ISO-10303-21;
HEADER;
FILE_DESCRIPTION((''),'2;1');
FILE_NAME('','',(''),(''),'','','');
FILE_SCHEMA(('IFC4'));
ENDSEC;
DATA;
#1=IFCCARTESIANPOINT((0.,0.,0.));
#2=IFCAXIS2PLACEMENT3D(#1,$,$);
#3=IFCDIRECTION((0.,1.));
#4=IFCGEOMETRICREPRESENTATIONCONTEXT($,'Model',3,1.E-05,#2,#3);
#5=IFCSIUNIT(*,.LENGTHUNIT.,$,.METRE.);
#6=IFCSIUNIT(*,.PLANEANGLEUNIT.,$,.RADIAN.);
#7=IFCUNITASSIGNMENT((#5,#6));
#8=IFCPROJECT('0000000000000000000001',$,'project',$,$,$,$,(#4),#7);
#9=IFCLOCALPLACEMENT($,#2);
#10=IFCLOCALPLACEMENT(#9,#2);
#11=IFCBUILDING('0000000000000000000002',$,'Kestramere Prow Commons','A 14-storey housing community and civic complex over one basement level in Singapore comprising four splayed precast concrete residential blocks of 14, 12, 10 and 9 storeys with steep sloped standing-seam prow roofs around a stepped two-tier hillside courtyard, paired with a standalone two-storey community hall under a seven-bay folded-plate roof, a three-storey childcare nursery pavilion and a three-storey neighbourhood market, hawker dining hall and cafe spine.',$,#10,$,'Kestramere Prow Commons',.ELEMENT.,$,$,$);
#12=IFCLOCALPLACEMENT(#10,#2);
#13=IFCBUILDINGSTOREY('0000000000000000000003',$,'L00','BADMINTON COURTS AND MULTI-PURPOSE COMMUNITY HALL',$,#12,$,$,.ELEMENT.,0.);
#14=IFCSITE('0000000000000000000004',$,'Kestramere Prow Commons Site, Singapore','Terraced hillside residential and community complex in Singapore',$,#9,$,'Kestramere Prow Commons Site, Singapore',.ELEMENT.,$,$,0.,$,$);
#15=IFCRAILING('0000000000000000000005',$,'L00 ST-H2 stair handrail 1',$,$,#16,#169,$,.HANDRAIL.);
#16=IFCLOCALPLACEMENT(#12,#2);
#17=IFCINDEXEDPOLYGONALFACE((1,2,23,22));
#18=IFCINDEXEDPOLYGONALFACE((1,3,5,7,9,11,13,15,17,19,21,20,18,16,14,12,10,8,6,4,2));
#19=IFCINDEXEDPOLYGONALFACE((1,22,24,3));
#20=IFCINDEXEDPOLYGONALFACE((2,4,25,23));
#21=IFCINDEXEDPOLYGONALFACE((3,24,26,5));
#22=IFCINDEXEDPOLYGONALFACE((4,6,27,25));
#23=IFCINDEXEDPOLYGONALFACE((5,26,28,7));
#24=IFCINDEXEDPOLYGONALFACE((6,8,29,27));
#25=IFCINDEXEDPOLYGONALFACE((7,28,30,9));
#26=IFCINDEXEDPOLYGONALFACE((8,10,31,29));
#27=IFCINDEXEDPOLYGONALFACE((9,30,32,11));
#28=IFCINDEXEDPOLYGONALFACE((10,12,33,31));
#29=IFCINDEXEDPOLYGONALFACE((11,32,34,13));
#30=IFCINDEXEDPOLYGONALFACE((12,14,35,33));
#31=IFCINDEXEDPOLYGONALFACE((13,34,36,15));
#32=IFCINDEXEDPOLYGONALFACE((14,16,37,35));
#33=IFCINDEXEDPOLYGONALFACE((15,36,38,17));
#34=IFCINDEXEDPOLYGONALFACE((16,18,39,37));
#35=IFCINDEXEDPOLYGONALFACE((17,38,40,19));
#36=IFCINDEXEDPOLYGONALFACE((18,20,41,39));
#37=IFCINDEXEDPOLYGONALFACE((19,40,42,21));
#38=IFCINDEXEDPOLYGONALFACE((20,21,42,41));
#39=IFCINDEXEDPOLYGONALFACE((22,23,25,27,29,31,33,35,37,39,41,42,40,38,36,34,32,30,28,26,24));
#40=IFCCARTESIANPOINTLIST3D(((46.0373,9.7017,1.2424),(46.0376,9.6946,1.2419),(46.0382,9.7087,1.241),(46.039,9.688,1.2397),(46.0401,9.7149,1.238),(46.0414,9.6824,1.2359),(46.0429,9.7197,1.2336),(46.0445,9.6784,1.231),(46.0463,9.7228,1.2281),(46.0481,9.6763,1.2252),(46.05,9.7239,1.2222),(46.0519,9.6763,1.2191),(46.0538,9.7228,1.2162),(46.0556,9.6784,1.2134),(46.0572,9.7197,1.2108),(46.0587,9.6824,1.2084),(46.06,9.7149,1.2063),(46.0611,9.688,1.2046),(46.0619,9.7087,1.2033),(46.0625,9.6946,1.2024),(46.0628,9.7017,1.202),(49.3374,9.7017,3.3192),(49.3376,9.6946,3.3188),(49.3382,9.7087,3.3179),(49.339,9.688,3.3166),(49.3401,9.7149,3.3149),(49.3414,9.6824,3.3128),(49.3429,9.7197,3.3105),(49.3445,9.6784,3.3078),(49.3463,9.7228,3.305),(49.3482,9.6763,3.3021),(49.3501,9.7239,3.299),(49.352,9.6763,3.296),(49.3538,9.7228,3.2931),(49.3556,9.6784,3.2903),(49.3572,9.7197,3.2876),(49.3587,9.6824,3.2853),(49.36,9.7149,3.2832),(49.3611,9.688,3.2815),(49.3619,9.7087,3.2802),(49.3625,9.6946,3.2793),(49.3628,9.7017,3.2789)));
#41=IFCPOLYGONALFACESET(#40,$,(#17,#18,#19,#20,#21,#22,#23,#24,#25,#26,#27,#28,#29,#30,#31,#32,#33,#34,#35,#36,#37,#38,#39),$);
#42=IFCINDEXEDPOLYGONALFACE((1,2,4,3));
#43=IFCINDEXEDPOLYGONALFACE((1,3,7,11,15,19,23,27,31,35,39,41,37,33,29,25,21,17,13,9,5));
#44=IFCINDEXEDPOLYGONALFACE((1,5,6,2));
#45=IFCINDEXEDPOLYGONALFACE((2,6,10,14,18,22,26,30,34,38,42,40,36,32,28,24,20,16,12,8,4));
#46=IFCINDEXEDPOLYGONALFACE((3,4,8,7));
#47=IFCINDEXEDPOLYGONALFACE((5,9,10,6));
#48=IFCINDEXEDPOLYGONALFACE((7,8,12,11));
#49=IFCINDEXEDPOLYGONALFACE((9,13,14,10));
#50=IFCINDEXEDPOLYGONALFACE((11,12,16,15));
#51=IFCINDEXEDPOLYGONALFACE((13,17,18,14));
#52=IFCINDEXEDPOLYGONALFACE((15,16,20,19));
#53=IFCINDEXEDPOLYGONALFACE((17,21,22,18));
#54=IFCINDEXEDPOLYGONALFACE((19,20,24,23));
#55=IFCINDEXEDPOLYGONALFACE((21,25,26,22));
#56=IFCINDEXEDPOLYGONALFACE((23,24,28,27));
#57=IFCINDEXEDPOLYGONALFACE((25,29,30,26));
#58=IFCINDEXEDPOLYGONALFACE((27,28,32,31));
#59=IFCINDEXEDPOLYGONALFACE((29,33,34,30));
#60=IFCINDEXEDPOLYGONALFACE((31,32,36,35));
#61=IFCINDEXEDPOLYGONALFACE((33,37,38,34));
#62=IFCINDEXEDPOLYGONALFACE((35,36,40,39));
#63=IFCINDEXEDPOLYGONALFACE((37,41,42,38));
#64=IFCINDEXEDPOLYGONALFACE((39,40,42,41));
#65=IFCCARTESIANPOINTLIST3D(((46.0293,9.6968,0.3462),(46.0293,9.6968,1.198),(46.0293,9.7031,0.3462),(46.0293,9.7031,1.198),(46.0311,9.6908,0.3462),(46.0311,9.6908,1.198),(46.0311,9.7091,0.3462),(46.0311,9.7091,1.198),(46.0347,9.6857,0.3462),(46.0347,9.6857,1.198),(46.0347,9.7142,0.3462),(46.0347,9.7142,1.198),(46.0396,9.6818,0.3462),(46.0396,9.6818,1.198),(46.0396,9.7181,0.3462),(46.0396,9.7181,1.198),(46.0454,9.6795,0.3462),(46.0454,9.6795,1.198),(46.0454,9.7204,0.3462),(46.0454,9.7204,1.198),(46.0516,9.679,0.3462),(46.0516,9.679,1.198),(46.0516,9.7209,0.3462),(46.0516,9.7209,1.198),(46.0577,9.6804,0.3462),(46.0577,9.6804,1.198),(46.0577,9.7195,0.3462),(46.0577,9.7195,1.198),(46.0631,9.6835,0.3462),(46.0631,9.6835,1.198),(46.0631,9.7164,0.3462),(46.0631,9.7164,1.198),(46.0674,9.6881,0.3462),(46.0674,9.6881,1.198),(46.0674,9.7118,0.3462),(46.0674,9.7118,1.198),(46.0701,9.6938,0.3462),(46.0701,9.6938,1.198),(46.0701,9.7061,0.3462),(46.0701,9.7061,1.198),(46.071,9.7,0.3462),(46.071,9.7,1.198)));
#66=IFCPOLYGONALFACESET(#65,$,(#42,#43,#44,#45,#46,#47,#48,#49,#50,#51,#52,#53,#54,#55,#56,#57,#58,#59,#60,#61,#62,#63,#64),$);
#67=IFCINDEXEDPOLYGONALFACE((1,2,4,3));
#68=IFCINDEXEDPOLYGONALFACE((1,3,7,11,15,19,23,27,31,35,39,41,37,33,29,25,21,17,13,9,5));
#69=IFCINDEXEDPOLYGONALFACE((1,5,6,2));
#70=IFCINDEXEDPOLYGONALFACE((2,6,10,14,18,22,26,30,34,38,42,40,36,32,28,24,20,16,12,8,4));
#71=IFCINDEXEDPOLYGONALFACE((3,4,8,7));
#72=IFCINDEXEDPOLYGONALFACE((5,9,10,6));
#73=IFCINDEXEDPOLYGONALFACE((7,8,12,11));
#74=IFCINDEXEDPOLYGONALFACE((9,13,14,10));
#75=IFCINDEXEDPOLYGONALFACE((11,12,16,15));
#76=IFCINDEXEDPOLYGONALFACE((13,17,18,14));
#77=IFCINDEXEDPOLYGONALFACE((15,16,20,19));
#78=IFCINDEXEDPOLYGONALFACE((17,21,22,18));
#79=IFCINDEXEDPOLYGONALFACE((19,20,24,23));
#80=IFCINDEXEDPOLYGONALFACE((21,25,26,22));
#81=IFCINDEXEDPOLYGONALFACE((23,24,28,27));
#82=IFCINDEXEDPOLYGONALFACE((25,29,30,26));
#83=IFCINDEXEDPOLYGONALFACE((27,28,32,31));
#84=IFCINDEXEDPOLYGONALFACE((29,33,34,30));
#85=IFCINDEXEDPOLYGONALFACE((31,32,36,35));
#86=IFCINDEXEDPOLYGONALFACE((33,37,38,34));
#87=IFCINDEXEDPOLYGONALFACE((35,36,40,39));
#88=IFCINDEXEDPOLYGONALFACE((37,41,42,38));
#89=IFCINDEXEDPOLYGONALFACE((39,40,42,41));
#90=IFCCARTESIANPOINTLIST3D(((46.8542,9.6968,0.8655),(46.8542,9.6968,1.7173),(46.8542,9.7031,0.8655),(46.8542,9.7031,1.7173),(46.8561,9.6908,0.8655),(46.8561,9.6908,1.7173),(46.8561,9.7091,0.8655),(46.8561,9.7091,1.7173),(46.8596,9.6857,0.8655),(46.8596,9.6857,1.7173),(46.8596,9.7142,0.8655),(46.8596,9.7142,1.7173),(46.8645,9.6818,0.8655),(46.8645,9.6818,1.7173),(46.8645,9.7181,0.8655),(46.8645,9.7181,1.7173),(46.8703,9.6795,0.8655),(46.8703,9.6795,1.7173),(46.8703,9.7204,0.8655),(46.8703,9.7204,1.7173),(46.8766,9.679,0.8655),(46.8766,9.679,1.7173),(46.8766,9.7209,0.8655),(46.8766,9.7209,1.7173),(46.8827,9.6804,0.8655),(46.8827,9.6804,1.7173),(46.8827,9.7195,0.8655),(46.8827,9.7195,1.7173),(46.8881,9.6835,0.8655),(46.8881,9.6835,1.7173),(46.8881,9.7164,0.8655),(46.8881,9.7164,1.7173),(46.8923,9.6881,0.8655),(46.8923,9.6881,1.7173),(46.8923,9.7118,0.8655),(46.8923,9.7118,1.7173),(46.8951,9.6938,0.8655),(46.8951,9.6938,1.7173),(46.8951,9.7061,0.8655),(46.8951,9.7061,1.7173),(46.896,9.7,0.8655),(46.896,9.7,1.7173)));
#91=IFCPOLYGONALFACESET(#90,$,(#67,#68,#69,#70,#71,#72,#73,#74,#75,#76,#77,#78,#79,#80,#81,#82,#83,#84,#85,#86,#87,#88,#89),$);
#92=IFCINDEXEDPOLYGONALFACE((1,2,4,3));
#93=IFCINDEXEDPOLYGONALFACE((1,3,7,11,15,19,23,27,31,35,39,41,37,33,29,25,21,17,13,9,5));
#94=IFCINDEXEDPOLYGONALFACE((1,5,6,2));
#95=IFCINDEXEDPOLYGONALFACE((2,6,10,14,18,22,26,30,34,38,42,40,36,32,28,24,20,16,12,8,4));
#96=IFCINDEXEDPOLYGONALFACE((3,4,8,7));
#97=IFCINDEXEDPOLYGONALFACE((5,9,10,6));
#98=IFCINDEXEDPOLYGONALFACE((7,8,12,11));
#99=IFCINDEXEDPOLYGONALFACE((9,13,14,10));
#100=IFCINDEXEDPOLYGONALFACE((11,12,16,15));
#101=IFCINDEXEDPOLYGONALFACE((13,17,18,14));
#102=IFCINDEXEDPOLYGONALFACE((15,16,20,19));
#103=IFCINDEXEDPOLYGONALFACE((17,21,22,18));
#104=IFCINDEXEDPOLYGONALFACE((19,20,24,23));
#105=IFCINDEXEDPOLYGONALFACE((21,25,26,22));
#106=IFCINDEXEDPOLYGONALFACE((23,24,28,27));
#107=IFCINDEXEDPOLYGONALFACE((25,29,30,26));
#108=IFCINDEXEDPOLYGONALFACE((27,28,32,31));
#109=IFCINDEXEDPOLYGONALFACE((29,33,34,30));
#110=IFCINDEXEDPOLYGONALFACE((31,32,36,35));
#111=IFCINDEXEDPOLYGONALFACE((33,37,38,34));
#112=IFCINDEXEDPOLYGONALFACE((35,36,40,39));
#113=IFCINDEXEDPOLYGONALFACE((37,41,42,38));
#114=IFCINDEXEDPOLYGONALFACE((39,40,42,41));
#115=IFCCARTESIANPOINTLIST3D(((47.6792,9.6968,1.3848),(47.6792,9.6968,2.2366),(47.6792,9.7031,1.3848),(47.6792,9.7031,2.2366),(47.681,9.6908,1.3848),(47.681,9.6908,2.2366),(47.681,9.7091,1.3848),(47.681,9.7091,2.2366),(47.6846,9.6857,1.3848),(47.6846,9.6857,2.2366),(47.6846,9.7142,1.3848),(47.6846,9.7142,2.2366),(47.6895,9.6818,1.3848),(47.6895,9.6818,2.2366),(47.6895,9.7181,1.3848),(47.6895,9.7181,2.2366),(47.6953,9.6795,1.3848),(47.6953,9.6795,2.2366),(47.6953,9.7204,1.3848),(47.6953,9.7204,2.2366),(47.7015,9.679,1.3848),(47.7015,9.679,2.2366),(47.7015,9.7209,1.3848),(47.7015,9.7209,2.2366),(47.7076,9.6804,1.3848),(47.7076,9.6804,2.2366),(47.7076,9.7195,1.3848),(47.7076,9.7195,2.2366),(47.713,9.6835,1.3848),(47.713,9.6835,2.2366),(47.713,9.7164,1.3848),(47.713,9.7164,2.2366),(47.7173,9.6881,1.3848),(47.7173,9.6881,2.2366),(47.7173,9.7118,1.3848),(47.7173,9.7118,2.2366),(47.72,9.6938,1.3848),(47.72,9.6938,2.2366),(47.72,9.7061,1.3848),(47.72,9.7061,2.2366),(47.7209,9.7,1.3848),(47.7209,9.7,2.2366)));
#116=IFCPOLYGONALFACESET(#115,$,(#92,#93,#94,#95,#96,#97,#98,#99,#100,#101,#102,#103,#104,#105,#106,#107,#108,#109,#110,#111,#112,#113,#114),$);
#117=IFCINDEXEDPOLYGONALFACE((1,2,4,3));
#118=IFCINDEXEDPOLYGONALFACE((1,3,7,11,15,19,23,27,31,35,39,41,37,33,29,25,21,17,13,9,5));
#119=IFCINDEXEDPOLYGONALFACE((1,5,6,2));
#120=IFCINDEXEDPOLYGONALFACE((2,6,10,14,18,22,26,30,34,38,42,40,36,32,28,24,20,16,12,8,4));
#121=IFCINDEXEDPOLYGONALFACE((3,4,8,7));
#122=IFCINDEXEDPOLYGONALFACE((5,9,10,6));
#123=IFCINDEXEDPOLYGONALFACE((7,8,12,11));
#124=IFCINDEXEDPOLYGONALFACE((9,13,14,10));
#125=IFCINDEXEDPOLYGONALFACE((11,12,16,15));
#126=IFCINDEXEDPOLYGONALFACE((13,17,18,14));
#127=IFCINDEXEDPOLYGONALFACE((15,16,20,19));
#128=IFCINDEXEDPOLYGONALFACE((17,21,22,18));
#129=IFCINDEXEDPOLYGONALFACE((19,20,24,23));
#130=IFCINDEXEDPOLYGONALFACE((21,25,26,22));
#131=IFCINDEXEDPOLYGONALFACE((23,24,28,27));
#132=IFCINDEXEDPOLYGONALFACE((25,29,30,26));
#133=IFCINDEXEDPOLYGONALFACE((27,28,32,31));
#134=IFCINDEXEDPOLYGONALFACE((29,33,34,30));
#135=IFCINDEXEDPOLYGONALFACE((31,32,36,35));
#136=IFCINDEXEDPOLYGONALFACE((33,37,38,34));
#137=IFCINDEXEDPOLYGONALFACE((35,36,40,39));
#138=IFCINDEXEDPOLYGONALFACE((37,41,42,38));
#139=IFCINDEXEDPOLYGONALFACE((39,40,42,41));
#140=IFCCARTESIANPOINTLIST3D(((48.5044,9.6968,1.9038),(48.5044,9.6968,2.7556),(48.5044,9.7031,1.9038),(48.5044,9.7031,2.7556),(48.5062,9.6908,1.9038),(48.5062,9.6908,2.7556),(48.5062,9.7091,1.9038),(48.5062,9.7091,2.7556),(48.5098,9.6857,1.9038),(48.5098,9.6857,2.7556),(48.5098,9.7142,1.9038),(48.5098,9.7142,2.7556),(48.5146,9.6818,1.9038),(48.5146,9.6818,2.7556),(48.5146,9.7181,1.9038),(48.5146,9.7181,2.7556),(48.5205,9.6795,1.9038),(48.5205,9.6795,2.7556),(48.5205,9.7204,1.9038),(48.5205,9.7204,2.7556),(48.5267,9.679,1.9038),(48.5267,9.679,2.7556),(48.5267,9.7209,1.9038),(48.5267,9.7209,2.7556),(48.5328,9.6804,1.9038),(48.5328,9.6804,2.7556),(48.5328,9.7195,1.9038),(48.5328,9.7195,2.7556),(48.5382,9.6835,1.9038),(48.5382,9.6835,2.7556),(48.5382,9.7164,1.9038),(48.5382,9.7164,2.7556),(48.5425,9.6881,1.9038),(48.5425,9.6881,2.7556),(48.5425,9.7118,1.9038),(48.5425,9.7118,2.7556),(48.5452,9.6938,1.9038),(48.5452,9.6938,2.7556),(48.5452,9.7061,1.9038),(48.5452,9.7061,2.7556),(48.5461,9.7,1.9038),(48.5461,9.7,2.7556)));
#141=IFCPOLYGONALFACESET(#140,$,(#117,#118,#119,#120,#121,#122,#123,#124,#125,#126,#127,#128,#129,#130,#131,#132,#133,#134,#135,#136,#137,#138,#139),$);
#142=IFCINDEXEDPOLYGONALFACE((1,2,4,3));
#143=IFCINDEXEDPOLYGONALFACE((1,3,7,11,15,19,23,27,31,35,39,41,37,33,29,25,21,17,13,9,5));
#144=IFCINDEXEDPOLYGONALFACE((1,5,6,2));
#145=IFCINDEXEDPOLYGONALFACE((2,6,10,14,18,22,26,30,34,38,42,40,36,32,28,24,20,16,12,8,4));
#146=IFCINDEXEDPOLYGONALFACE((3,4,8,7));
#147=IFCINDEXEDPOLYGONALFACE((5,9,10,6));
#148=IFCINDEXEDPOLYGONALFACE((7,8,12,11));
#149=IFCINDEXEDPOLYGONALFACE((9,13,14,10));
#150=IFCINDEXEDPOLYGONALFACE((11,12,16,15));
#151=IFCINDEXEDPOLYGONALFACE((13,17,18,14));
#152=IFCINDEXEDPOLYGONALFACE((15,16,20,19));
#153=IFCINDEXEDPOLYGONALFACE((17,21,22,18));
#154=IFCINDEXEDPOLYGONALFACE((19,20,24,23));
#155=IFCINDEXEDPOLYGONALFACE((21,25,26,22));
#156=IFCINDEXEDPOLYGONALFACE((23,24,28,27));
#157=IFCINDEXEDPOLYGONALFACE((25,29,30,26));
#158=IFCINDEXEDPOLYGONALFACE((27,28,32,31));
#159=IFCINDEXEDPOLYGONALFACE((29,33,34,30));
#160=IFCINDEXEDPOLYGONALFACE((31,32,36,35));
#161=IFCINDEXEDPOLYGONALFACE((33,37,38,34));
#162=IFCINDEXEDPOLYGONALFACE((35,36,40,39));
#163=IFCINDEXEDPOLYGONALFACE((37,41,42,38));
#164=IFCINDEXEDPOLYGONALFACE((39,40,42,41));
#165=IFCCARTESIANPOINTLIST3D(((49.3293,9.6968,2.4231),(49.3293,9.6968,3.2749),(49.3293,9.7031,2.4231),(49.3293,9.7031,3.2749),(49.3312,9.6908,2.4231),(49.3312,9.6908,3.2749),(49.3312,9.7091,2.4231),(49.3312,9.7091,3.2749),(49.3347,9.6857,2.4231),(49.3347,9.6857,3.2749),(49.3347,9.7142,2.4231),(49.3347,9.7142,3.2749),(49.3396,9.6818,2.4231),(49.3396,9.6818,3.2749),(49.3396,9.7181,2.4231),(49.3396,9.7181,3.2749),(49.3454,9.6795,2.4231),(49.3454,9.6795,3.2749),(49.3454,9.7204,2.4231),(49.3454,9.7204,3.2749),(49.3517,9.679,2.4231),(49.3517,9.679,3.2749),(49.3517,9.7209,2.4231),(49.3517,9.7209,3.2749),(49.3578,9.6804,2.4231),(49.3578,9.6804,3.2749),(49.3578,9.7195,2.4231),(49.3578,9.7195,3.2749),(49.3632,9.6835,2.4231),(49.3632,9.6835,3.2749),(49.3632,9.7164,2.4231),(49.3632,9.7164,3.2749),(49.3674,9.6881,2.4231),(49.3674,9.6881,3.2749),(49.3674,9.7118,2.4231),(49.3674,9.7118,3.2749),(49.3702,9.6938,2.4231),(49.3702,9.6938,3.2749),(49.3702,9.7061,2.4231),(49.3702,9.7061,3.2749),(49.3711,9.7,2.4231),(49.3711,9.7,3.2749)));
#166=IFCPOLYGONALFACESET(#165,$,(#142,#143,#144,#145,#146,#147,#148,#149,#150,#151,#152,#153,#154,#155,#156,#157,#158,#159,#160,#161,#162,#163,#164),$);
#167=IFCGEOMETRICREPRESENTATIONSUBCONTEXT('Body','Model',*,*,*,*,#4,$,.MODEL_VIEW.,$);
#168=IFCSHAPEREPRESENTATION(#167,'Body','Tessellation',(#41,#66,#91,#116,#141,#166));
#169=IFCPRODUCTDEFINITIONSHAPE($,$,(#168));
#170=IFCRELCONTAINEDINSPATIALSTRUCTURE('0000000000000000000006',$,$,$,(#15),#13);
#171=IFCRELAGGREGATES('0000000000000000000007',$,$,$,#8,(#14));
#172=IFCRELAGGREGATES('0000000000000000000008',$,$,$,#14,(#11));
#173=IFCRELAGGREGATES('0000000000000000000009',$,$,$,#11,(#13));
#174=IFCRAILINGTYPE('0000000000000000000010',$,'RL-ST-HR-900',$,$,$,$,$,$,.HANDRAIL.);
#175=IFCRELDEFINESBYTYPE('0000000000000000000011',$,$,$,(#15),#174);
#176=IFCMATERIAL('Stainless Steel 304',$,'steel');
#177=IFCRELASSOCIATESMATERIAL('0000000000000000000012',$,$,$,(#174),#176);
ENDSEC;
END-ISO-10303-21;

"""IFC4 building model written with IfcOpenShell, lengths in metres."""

from ifc_helpers import new_model, si_unit, direction, frame, origin, origin_2d, place, context, subcontext, project, spatial, circle, extrude, material, type_object, element, save


model = new_model("IFC4")

# Units and contexts
model_context = context("Model", 3, precision=1e-05, world=origin(), true_north=direction((0.0, 1.0)))
body_context = subcontext(model_context, "Body", "Model", "MODEL_VIEW")
ifc_project = project(units=[si_unit("LENGTHUNIT", "METRE"), si_unit("PLANEANGLEUNIT", "RADIAN")], contexts=[model_context])

# Site, building, storey
site_placement = place(None, origin())
site = spatial("IfcSite", under=ifc_project, at=site_placement, Name="Kestramere Prow Commons Site, Singapore", Description="Terraced hillside residential and community complex in Singapore", LongName="Kestramere Prow Commons Site, Singapore", CompositionType="ELEMENT", RefElevation=0.0)
building_placement = place(site_placement, origin())
building = spatial("IfcBuilding", under=site, at=building_placement, Name="Kestramere Prow Commons", Description="A 14-storey housing community and civic complex over one basement level in Singapore comprising four splayed precast concrete residential blocks of 14, 12, 10 and 9 storeys with steep sloped standing-seam prow roofs around a stepped two-tier hillside courtyard, paired with a standalone two-storey community hall under a seven-bay folded-plate roof, a three-storey childcare nursery pavilion and a three-storey neighbourhood market, hawker dining hall and cafe spine.", LongName="Kestramere Prow Commons", CompositionType="ELEMENT")
storey_placement = place(building_placement, origin())
storey = spatial("IfcBuildingStorey", under=building, at=storey_placement, Name="L00", Description="BADMINTON COURTS AND MULTI-PURPOSE COMMUNITY HALL", CompositionType="ELEMENT", Elevation=0.0)

# Railing
ifc_material_1 = material(Name="Stainless Steel 304", Category="steel")
railing_type_1 = type_object("IfcRailingType", Name="RL-ST-HR-900", PredefinedType="HANDRAIL", material=ifc_material_1)
railing_1_placement = place(storey_placement, frame((46.05, 9.7, 0.3462)))
element("IfcRailing", 1, at=railing_1_placement, inside=storey, type_object=railing_type_1, Name="L00 ST-H2 stair handrail 1", PredefinedType="HANDRAIL", context=body_context, shape_type="SweptSolid", body=[
    extrude(circle(Radius=0.0239, at=origin_2d()), frame((0.0, 0.0, 0.876), z_axis=(0.846337, 0.0, 0.532647), x_axis=(0.0, 1.0, 0.0)), (0.0, 0.0, 1.0), 3.8992),
    extrude(circle(Radius=0.021, at=origin_2d()), origin(), (0.0, 0.0, 1.0), 0.8518),
    extrude(circle(Radius=0.021, at=origin_2d()), frame((0.825, 0.0, 0.5193)), (0.0, 0.0, 1.0), 0.8518),
    extrude(circle(Radius=0.021, at=origin_2d()), frame((1.6499, 0.0, 1.0386)), (0.0, 0.0, 1.0), 0.8518),
    extrude(circle(Radius=0.021, at=origin_2d()), frame((2.4751, 0.0, 1.5576)), (0.0, 0.0, 1.0), 0.8518),
    extrude(circle(Radius=0.021, at=origin_2d()), frame((3.3, 0.0, 2.0769)), (0.0, 0.0, 1.0), 0.8518),
])

save(model, "model.ifc")
